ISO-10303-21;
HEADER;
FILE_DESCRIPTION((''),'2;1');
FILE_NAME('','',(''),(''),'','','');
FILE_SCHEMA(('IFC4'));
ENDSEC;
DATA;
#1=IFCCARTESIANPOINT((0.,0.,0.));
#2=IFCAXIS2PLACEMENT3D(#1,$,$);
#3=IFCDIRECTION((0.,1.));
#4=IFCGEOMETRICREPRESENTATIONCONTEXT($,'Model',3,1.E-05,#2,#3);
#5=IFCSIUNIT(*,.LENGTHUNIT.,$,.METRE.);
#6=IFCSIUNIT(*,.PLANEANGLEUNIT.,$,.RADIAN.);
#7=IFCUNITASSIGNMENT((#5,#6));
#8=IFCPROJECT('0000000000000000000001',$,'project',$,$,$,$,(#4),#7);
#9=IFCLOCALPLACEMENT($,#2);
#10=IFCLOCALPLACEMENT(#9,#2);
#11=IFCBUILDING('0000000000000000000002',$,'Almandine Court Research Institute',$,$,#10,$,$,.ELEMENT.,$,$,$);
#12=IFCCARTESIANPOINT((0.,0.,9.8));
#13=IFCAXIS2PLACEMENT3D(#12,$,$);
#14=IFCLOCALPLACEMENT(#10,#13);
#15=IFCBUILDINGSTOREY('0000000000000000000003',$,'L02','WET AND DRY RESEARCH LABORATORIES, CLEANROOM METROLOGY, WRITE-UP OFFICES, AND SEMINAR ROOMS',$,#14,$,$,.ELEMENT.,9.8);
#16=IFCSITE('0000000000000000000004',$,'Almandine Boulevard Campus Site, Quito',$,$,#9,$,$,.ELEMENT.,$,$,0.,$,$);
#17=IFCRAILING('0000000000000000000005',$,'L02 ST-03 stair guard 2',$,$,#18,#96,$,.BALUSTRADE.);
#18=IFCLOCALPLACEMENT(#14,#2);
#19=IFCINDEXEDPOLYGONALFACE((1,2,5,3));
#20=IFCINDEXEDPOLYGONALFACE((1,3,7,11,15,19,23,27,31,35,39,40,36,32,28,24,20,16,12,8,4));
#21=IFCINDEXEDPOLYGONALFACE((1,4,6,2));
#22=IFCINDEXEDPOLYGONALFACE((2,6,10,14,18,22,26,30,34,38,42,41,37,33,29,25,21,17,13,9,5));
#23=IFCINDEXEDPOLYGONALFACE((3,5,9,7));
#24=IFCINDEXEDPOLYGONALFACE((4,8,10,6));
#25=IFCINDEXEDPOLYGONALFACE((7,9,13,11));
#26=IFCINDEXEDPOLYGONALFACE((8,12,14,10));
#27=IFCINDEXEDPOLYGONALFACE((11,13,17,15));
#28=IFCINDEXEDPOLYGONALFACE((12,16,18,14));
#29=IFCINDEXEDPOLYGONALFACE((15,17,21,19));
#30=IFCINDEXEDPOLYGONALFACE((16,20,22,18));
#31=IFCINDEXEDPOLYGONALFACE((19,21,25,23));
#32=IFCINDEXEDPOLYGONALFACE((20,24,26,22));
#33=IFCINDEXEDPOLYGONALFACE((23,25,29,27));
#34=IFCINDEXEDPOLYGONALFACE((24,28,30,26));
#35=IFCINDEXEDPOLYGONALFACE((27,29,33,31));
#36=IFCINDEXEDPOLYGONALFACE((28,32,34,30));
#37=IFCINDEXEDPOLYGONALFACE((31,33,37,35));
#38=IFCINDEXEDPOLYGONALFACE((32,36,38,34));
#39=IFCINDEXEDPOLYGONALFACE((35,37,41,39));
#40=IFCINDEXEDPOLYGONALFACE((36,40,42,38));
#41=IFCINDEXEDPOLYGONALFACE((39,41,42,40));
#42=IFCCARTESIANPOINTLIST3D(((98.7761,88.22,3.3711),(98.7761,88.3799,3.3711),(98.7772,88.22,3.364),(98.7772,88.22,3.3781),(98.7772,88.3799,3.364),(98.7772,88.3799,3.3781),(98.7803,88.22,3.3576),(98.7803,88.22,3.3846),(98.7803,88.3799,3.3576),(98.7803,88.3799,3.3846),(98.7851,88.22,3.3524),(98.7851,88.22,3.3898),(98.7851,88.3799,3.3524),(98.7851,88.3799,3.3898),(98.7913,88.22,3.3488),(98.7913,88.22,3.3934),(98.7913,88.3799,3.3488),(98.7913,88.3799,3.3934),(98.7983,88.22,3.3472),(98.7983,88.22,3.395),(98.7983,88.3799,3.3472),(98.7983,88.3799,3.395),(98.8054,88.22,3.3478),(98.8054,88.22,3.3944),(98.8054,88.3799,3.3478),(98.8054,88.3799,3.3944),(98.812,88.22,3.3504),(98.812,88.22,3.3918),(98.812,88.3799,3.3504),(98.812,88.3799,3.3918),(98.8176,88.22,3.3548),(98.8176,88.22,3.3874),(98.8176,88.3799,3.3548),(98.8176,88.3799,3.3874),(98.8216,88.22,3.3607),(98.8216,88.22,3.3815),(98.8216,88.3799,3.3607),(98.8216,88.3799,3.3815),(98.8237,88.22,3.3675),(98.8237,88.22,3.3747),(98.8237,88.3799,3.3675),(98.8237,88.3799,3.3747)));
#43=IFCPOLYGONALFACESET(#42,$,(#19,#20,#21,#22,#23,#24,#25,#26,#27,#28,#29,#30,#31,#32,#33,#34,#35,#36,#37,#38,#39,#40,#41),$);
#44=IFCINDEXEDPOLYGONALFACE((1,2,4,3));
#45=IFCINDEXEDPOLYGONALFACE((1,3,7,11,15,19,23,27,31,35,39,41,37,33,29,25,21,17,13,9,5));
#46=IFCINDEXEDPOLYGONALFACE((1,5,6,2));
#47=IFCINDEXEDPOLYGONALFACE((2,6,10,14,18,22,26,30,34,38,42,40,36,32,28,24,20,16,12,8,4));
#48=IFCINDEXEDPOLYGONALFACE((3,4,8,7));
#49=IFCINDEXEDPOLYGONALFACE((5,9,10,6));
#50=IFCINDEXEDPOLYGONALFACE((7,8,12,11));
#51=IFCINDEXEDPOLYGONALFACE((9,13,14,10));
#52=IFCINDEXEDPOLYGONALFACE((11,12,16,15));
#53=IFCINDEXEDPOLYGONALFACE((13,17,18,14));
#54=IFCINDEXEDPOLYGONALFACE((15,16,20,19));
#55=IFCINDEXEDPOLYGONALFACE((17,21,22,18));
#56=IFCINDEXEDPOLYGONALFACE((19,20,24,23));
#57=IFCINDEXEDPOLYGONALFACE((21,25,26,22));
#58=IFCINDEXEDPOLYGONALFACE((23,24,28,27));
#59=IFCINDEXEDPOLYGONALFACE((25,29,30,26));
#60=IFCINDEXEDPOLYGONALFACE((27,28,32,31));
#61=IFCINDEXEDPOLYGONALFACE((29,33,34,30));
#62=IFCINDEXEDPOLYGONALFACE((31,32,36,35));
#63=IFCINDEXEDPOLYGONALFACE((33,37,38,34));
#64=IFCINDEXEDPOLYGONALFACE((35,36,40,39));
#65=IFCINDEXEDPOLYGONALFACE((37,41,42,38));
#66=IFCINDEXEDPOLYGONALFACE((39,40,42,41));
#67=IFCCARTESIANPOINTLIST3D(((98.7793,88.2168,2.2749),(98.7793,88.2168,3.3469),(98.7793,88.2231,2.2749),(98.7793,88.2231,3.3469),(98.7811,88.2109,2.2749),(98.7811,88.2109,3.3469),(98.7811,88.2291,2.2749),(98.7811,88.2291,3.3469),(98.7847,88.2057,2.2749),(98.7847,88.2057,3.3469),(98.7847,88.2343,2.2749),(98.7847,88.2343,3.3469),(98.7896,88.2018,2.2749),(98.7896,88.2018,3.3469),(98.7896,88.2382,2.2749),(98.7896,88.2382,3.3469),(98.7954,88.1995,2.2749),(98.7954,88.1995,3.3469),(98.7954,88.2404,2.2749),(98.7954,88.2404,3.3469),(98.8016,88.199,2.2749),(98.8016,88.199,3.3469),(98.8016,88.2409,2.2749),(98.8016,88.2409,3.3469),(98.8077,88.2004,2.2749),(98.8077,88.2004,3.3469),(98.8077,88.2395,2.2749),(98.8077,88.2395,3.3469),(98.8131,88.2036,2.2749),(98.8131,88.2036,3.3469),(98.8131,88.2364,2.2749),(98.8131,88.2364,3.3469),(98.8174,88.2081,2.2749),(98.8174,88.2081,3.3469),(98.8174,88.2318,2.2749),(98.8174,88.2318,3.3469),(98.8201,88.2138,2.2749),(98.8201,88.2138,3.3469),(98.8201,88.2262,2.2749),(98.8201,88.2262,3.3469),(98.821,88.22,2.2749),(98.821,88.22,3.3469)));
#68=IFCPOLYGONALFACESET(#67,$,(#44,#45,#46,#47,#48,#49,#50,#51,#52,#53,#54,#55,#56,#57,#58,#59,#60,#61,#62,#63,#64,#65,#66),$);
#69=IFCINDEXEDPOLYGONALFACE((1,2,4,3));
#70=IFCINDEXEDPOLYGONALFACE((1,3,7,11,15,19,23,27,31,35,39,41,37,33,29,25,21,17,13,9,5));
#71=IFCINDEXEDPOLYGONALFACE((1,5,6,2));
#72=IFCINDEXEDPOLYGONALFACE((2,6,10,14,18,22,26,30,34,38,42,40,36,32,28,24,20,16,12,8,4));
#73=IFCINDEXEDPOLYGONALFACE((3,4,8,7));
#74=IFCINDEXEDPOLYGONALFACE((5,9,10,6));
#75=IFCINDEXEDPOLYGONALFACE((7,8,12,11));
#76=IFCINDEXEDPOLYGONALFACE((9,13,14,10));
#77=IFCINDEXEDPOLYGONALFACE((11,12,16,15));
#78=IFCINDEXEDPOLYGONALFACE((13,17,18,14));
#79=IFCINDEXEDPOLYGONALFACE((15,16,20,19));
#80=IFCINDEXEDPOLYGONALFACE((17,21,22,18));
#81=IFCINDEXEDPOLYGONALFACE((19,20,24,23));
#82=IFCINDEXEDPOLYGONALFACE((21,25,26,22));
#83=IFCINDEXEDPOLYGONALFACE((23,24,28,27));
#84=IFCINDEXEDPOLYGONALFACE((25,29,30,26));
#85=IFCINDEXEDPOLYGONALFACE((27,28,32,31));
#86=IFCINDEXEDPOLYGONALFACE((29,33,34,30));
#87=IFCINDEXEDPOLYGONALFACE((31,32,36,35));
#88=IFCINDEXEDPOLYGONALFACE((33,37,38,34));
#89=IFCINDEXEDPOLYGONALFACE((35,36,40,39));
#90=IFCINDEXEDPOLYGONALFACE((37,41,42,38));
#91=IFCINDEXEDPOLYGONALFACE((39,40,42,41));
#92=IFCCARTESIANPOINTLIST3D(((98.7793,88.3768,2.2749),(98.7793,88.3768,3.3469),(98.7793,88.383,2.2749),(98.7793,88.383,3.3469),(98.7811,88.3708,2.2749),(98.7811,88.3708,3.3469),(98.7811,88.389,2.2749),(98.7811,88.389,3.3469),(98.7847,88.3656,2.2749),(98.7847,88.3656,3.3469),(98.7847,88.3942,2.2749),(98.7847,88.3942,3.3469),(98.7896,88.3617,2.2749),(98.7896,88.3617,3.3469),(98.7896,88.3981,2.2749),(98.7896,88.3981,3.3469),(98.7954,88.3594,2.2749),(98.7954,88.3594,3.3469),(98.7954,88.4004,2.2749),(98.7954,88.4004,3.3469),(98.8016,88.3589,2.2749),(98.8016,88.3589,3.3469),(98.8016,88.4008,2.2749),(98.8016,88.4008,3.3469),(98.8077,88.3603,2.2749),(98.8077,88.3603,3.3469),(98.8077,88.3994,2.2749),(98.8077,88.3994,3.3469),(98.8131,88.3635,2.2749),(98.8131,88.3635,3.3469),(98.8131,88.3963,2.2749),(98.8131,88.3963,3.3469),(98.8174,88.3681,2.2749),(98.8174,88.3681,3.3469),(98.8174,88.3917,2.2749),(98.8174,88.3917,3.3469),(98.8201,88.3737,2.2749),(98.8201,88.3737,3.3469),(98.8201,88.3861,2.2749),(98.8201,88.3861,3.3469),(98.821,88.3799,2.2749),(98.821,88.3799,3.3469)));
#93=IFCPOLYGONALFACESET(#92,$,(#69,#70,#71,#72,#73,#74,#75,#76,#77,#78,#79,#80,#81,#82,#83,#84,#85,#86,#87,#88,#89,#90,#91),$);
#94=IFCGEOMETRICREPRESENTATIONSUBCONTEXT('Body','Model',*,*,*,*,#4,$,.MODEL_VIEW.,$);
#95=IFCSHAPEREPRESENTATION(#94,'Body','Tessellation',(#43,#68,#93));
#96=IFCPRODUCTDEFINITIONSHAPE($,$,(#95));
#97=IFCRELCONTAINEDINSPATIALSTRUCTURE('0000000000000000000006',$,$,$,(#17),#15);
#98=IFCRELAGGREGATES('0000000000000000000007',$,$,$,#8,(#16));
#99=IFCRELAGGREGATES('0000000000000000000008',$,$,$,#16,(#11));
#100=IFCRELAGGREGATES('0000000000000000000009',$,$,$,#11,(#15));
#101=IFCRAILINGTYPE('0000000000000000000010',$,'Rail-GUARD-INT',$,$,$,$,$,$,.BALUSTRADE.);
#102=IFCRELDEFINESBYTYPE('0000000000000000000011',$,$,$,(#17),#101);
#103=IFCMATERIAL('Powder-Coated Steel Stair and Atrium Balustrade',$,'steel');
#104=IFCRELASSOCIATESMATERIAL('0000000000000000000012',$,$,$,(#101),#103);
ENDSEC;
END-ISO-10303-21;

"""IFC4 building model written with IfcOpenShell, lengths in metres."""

from ifc_helpers import new_model, si_unit, direction, frame, origin, origin_2d, place, context, subcontext, project, spatial, circle, extrude, material, type_object, element, save


model = new_model("IFC4")

# Units and contexts
model_context = context("Model", 3, precision=1e-05, world=origin(), true_north=direction((0.0, 1.0)))
body_context = subcontext(model_context, "Body", "Model", "MODEL_VIEW")
ifc_project = project(units=[si_unit("LENGTHUNIT", "METRE"), si_unit("PLANEANGLEUNIT", "RADIAN")], contexts=[model_context])

# Site, building, storey
site_placement = place(None, origin())
site = spatial("IfcSite", under=ifc_project, at=site_placement, Name="Almandine Boulevard Campus Site, Quito", CompositionType="ELEMENT", RefElevation=0.0)
building_placement = place(site_placement, origin())
building = spatial("IfcBuilding", under=site, at=building_placement, Name="Almandine Court Research Institute", CompositionType="ELEMENT")
storey_placement = place(building_placement, frame((0.0, 0.0, 9.8)))
storey = spatial("IfcBuildingStorey", under=building, at=storey_placement, Name="L02", Description="WET AND DRY RESEARCH LABORATORIES, CLEANROOM METROLOGY, WRITE-UP OFFICES, AND SEMINAR ROOMS", CompositionType="ELEMENT", Elevation=9.8)

# Railing
ifc_material_1 = material(Name="Powder-Coated Steel Stair and Atrium Balustrade", Category="steel")
railing_type_1 = type_object("IfcRailingType", Name="Rail-GUARD-INT", PredefinedType="BALUSTRADE", material=ifc_material_1)
railing_1_placement = place(storey_placement, frame((98.8, 88.22, 2.2749)))
element("IfcRailing", 1, at=railing_1_placement, inside=storey, type_object=railing_type_1, Name="L02 ST-03 stair guard 2", PredefinedType="BALUSTRADE", context=body_context, shape_type="SweptSolid", body=[
    extrude(circle(Radius=0.0239, at=origin_2d()), frame((0.0, 0.0, 1.0962), z_axis=(0.0, 1.0, 0.0), x_axis=(-1.0, 0.0, 0.0)), (0.0, 0.0, 1.0), 0.1599),
    extrude(circle(Radius=0.021, at=origin_2d()), origin(), (0.0, 0.0, 1.0), 1.072),
    extrude(circle(Radius=0.021, at=origin_2d()), frame((0.0, 0.1599, 0.0)), (0.0, 0.0, 1.0), 1.072),
])

save(model, "model.ifc")
